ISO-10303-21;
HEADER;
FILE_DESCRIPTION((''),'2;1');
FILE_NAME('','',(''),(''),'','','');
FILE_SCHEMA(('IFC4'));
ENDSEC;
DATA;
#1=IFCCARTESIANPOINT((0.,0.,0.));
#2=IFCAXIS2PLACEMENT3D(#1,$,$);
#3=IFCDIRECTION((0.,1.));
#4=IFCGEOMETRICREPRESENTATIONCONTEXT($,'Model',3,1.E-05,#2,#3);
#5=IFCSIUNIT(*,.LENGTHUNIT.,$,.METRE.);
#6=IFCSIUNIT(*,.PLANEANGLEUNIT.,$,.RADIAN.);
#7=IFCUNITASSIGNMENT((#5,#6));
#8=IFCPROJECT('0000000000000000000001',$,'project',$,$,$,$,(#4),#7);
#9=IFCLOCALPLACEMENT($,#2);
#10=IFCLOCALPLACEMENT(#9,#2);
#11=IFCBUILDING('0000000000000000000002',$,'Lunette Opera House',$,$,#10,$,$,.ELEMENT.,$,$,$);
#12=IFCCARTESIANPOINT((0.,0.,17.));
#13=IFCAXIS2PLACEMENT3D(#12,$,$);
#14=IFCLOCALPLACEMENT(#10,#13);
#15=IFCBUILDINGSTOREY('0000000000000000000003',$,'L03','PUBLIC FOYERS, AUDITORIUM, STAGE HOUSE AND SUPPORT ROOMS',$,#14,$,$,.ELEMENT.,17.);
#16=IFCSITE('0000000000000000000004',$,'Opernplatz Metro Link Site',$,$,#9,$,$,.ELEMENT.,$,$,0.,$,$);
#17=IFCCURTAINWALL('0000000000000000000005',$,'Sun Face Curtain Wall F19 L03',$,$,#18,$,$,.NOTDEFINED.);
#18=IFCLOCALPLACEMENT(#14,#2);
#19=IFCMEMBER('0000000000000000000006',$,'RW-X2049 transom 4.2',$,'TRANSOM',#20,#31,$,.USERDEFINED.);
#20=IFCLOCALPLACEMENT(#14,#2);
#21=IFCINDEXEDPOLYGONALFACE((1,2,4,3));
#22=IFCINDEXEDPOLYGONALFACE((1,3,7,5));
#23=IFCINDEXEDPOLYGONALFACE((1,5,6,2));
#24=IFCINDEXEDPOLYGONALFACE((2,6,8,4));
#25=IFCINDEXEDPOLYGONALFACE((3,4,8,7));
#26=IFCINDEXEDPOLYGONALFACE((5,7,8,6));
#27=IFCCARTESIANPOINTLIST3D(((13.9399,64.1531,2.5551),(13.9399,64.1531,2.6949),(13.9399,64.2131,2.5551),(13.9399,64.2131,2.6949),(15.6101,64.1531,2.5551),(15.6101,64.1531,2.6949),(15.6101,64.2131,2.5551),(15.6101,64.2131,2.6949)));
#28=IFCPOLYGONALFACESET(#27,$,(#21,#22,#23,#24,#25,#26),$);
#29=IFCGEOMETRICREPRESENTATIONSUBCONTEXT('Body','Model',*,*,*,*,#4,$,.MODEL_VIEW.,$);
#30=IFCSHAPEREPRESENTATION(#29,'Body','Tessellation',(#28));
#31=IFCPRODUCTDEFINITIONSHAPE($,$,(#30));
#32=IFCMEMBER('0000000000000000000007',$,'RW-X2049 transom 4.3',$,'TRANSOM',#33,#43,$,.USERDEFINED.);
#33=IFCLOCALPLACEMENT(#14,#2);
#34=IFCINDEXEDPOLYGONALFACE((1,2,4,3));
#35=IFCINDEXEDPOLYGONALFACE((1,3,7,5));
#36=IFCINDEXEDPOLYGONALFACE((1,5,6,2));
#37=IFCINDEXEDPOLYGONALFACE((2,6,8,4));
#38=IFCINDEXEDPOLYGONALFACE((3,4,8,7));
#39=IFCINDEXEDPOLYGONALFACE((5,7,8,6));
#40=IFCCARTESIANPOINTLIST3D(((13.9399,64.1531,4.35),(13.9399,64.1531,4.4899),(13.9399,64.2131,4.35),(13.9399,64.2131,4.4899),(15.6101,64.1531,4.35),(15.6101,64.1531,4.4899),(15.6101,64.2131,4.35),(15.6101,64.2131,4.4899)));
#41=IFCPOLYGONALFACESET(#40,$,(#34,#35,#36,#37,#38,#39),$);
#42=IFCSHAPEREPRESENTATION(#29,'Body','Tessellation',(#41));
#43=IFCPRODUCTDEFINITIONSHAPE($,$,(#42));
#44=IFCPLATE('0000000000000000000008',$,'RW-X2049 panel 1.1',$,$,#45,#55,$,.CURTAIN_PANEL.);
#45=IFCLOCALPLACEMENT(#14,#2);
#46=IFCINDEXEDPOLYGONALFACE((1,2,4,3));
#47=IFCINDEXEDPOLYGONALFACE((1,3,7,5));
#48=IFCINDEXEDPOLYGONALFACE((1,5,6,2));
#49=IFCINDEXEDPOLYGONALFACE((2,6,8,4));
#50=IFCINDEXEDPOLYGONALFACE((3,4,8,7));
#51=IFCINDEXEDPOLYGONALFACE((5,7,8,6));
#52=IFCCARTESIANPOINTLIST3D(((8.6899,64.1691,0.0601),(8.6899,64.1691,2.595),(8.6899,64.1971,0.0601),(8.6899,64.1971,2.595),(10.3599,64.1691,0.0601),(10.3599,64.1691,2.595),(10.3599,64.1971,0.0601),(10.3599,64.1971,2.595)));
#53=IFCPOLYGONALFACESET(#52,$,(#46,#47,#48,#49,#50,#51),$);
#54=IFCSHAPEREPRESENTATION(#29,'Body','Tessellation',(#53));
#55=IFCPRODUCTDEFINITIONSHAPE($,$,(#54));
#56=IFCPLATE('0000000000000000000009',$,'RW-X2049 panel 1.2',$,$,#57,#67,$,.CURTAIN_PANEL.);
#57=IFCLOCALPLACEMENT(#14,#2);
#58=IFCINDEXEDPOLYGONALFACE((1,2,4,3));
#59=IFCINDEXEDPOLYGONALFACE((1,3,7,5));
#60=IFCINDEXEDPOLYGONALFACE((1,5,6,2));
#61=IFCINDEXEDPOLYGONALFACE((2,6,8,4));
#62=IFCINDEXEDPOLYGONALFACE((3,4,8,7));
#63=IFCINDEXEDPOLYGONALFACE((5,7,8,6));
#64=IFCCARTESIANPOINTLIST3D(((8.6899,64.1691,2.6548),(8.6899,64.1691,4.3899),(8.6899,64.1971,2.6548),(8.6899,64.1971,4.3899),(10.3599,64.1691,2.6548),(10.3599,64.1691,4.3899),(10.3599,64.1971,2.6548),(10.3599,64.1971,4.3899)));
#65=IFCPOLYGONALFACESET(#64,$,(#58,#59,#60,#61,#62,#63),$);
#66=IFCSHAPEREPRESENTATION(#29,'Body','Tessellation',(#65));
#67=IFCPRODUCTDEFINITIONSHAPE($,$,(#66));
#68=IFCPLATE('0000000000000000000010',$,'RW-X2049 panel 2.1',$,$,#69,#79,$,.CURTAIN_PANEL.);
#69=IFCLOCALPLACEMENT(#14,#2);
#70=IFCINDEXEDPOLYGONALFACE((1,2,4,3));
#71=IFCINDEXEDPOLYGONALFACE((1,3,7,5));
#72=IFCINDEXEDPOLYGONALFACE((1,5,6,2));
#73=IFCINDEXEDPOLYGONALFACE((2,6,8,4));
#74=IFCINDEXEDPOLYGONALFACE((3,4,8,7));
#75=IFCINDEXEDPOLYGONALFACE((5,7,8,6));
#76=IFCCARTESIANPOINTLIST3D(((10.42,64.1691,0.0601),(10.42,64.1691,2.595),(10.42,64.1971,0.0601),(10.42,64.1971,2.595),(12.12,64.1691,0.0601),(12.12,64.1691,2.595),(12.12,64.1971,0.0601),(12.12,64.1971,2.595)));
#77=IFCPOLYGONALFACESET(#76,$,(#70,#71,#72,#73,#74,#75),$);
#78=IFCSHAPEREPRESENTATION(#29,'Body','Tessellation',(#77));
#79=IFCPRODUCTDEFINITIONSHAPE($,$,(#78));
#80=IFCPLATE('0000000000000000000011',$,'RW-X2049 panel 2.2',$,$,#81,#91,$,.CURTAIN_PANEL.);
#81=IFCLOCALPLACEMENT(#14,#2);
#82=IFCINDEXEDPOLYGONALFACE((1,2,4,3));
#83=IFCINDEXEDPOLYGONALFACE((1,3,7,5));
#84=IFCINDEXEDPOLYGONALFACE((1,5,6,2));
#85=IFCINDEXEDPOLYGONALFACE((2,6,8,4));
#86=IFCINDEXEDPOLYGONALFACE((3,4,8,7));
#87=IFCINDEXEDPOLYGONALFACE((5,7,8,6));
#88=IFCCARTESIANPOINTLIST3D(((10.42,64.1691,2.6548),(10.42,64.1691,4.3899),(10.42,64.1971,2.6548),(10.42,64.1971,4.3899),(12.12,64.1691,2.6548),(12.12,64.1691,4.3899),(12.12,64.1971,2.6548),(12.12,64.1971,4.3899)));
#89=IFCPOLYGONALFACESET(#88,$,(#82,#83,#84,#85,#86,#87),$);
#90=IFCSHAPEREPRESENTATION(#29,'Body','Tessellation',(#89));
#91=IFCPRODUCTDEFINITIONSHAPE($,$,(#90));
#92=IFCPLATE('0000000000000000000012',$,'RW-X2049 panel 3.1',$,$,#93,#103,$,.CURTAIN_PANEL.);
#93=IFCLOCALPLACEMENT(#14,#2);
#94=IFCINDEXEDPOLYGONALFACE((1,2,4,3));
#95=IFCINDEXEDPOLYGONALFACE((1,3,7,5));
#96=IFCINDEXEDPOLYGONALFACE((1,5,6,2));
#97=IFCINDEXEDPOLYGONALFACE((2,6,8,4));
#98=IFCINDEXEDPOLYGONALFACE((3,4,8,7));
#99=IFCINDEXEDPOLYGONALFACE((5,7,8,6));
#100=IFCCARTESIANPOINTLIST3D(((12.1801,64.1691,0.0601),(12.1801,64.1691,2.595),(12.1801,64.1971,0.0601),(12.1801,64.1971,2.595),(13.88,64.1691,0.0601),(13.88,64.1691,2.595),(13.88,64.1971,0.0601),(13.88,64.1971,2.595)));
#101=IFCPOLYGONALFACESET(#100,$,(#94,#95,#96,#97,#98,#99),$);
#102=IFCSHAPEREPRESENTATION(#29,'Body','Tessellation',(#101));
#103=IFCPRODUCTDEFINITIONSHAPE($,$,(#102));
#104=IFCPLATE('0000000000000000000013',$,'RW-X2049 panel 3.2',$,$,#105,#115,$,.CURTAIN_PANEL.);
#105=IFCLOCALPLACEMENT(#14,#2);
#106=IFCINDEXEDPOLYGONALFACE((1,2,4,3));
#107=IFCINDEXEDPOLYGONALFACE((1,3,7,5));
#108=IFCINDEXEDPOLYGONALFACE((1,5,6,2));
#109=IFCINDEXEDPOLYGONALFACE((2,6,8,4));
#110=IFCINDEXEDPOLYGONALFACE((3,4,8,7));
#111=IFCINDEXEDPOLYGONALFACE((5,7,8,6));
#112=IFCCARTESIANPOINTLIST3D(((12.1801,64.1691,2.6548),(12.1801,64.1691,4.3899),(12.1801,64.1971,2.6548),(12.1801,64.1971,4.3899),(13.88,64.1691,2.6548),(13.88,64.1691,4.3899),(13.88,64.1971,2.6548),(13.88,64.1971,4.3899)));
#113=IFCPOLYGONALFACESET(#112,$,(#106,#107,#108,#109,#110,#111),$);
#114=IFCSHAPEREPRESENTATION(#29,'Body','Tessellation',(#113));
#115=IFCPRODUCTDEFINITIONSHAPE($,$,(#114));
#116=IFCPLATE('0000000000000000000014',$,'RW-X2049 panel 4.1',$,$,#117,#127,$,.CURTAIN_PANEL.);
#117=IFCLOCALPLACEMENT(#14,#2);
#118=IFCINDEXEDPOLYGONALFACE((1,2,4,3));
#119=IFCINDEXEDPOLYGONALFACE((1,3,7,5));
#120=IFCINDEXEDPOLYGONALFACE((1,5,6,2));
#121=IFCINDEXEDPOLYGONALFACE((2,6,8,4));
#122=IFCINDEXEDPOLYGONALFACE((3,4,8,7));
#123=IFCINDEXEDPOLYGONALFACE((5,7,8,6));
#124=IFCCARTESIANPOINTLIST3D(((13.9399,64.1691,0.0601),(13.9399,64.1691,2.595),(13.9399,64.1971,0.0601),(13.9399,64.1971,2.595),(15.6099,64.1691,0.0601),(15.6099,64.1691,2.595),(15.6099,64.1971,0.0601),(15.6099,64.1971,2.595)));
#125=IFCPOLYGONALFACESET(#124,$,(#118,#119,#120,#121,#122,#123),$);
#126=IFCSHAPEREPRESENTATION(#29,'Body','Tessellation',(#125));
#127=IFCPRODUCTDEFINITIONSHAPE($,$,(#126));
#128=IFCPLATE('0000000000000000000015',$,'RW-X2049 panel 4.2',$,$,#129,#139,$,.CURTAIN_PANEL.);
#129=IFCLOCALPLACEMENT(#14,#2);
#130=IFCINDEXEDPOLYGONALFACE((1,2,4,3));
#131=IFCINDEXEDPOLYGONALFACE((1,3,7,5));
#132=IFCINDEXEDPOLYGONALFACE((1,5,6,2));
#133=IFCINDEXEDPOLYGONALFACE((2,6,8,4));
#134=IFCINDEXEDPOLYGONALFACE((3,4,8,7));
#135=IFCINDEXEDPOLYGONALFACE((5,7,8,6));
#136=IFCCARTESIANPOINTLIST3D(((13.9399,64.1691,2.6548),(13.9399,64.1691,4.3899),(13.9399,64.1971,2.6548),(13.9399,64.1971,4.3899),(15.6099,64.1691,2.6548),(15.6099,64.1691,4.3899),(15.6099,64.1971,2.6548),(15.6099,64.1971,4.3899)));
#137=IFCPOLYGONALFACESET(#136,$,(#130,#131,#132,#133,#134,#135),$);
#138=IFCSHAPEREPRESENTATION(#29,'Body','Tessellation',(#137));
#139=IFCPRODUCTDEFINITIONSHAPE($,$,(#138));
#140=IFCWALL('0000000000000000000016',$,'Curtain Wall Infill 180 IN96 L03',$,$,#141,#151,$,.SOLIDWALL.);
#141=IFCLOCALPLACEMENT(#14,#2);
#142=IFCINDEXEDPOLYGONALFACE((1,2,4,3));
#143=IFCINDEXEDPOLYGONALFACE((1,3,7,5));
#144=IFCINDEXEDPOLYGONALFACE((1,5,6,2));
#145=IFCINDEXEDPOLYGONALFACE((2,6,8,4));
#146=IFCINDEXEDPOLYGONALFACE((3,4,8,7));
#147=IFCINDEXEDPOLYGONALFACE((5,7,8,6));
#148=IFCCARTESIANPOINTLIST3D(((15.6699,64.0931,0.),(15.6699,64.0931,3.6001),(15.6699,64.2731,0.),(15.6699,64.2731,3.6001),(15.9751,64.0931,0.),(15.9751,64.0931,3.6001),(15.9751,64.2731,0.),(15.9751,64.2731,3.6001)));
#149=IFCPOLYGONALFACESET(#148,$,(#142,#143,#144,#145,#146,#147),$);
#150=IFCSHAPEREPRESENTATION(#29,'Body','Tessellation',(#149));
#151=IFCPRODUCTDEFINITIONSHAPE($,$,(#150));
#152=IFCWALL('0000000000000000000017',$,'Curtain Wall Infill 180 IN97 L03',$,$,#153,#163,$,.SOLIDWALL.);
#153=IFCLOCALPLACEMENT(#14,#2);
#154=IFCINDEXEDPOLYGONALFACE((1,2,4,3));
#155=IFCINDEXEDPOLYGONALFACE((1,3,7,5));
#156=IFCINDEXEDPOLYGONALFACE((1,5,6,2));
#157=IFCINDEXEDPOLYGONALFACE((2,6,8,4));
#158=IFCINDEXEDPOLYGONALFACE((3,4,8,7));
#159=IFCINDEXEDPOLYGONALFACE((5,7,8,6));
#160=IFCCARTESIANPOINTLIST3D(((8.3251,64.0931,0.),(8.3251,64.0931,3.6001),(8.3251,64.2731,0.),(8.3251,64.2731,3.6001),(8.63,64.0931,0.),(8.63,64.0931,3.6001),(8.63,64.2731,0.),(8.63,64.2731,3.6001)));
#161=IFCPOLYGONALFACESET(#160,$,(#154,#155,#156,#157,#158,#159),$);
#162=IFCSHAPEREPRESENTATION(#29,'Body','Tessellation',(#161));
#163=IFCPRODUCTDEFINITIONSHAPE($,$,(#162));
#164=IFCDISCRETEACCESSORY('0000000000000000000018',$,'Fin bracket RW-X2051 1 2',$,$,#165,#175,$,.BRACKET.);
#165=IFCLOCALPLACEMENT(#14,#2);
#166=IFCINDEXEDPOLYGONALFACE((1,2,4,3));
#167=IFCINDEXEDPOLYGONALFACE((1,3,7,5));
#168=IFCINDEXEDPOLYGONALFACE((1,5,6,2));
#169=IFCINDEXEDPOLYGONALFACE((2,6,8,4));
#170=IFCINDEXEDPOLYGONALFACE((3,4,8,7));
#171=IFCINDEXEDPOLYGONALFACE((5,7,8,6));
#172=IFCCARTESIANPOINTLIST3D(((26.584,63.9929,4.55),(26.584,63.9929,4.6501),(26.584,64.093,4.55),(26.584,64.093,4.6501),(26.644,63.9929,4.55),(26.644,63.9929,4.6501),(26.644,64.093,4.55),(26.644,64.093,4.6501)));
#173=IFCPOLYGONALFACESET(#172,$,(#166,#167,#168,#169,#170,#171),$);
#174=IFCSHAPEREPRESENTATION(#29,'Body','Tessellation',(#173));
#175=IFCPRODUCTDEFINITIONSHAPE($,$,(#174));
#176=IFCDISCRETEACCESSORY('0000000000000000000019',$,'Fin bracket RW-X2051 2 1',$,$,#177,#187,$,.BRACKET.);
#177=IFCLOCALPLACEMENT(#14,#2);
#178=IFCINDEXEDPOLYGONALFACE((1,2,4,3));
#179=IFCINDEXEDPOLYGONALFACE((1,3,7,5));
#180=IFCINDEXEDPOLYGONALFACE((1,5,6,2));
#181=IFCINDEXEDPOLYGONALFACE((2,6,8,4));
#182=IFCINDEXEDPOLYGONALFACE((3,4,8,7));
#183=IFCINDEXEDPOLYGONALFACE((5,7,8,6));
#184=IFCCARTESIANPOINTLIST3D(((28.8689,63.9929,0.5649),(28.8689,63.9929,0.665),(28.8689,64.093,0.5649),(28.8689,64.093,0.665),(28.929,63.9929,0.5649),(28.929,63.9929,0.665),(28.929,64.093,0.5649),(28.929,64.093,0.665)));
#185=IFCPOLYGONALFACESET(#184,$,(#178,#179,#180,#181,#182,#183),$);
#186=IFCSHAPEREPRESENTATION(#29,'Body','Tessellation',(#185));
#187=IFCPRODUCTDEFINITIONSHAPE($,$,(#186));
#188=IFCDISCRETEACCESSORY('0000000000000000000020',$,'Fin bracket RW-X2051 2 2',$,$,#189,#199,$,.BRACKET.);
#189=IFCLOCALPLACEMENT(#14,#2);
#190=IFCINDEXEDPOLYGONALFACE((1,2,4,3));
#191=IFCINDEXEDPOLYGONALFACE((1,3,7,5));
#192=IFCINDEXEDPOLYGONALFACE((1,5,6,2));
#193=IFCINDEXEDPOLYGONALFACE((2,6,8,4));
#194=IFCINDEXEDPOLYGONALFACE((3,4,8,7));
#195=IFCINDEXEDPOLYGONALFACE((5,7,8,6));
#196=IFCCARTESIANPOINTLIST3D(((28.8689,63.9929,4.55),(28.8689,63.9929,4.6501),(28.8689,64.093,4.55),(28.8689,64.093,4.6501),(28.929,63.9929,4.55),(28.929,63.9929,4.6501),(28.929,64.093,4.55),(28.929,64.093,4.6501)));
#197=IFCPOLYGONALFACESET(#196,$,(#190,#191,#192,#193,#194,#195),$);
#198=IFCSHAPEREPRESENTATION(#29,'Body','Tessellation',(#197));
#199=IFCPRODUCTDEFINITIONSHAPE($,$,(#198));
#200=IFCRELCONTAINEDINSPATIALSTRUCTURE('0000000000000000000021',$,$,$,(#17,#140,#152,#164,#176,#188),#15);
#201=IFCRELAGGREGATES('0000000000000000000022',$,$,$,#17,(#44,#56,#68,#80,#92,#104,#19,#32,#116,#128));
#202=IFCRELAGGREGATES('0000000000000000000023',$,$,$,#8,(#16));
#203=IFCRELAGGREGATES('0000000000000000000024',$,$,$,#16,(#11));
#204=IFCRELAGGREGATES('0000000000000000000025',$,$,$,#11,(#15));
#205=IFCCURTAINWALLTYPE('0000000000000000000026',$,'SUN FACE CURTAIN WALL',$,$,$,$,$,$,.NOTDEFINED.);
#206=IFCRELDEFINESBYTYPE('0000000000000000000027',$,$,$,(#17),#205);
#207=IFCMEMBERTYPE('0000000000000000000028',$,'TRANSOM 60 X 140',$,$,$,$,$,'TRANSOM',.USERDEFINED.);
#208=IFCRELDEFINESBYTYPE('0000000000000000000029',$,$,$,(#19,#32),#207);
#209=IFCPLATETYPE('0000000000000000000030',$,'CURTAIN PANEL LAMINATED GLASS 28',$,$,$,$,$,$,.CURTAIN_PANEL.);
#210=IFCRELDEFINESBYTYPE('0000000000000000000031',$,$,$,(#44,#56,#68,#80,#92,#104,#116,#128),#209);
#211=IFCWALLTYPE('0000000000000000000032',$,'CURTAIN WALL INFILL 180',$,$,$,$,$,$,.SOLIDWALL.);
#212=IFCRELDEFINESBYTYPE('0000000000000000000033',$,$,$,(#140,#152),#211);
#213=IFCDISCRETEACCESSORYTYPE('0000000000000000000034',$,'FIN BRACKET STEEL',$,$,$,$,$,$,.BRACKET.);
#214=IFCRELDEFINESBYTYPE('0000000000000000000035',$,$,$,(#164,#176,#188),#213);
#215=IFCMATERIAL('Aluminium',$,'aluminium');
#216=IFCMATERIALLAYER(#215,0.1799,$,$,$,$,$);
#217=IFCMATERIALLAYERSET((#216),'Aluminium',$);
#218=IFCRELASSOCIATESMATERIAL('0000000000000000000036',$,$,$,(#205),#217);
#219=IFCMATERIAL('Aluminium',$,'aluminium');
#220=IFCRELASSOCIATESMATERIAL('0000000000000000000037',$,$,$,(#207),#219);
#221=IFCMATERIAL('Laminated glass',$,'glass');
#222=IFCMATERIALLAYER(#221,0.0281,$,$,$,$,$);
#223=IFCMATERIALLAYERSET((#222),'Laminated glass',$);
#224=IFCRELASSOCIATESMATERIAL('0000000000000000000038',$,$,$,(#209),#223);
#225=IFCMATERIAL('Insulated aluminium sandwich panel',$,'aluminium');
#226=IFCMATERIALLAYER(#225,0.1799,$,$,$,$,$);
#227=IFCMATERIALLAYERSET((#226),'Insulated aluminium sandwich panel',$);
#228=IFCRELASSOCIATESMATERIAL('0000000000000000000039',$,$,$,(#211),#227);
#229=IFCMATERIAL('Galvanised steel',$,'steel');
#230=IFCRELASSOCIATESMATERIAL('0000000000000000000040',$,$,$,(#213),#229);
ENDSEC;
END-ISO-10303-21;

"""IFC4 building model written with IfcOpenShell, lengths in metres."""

from ifc_helpers import new_model, si_unit, direction, frame, frame_2d, origin, origin_2d, place, context, subcontext, project, spatial, rectangle, extrude, material, layer, layer_set, material_profile, profile_set, type_object, element, aggregate, save


model = new_model("IFC4")

# Units and contexts
model_context = context("Model", 3, precision=1e-05, world=origin(), true_north=direction((0.0, 1.0)))
body_context = subcontext(model_context, "Body", "Model", "MODEL_VIEW")
ifc_project = project(units=[si_unit("LENGTHUNIT", "METRE"), si_unit("PLANEANGLEUNIT", "RADIAN")], contexts=[model_context])

# Site, building, storey
site_placement = place(None, origin())
site = spatial("IfcSite", under=ifc_project, at=site_placement, Name="Opernplatz Metro Link Site", CompositionType="ELEMENT", RefElevation=0.0)
building_placement = place(site_placement, origin())
building = spatial("IfcBuilding", under=site, at=building_placement, Name="Lunette Opera House", CompositionType="ELEMENT")
storey_placement = place(building_placement, frame((0.0, 0.0, 17.0)))
storey = spatial("IfcBuildingStorey", under=building, at=storey_placement, Name="L03", Description="PUBLIC FOYERS, AUDITORIUM, STAGE HOUSE AND SUPPORT ROOMS", CompositionType="ELEMENT", Elevation=17.0)

# Curtain wall, members, plates
ifc_material_1 = material(Name="Aluminium", Category="aluminium")
ifc_layer_1 = layer(ifc_material_1, 0.1799)
ifc_layer_set_1 = layer_set([ifc_layer_1], Name="Aluminium")
curtain_wall_type = type_object("IfcCurtainWallType", Name="SUN FACE CURTAIN WALL", PredefinedType="NOTDEFINED", material=ifc_layer_set_1)
curtain_wall_placement = place(storey_placement, origin())
curtain_wall = element("IfcCurtainWall", 1, at=curtain_wall_placement, inside=storey, type_object=curtain_wall_type, Name="Sun Face Curtain Wall F19 L03", PredefinedType="NOTDEFINED")
ifc_material_2 = material(Name="Aluminium", Category="aluminium")
ifc_material_profile_1 = material_profile(ifc_material_2, rectangle(XDim=0.0601, YDim=0.1399, at=origin_2d()), Name="TRANSOM 60 X 140")
ifc_profile_set_1 = profile_set([ifc_material_profile_1], Name="Aluminium")
member_type_1 = type_object("IfcMemberType", Name="TRANSOM 60 X 140", ElementType="TRANSOM", PredefinedType="USERDEFINED", material=ifc_profile_set_1)
member_1_placement = place(storey_placement, frame((13.9399, 64.1831, 2.625), z_axis=(1.0, 0.0, 0.0), x_axis=(0.0, 1.0, 0.0)))
member_1 = element("IfcMember", 2, at=member_1_placement, type_object=member_type_1, Name="RW-X2049 transom 4.2", ObjectType="TRANSOM", PredefinedType="USERDEFINED", context=body_context, shape_type="SweptSolid", body=[
    extrude(rectangle(XDim=0.0601, YDim=0.1399, at=origin_2d()), origin(), (0.0, 0.0, 1.0), 1.6702),
])
member_2_placement = place(storey_placement, frame((13.9399, 64.1831, 4.4199), z_axis=(1.0, 0.0, 0.0), x_axis=(0.0, 1.0, 0.0)))
member_2 = element("IfcMember", 3, at=member_2_placement, type_object=member_type_1, Name="RW-X2049 transom 4.3", ObjectType="TRANSOM", PredefinedType="USERDEFINED", context=body_context, shape_type="SweptSolid", body=[
    extrude(rectangle(XDim=0.0601, YDim=0.1399, at=origin_2d()), origin(), (0.0, 0.0, 1.0), 1.6702),
])
ifc_material_3 = material(Name="Laminated glass", Category="glass")
ifc_layer_2 = layer(ifc_material_3, 0.0281)
ifc_layer_set_2 = layer_set([ifc_layer_2], Name="Laminated glass")
plate_type = type_object("IfcPlateType", Name="CURTAIN PANEL LAMINATED GLASS 28", PredefinedType="CURTAIN_PANEL", material=ifc_layer_set_2)
plate_1_placement = place(storey_placement, frame((9.5249, 64.1831, 0.0601), z_axis=(0.0, 0.0, 1.0), x_axis=(1.0, 0.0, 0.0)))
plate_1 = element("IfcPlate", 4, at=plate_1_placement, type_object=plate_type, Name="RW-X2049 panel 1.1", PredefinedType="CURTAIN_PANEL", context=body_context, shape_type="SweptSolid", body=[
    extrude(rectangle(XDim=1.6699, YDim=0.0281, at=origin_2d()), origin(), (0.0, 0.0, 1.0), 2.5349),
])
plate_2_placement = place(storey_placement, frame((9.5249, 64.1831, 2.6548), z_axis=(0.0, 0.0, 1.0), x_axis=(1.0, 0.0, 0.0)))
plate_2 = element("IfcPlate", 5, at=plate_2_placement, type_object=plate_type, Name="RW-X2049 panel 1.2", PredefinedType="CURTAIN_PANEL", context=body_context, shape_type="SweptSolid", body=[
    extrude(rectangle(XDim=1.6699, YDim=0.0281, at=origin_2d()), origin(), (0.0, 0.0, 1.0), 1.7351),
])
plate_3_placement = place(storey_placement, frame((11.27, 64.1831, 0.0601), z_axis=(0.0, 0.0, 1.0), x_axis=(1.0, 0.0, 0.0)))
plate_3 = element("IfcPlate", 6, at=plate_3_placement, type_object=plate_type, Name="RW-X2049 panel 2.1", PredefinedType="CURTAIN_PANEL", context=body_context, shape_type="SweptSolid", body=[
    extrude(rectangle(XDim=1.7, YDim=0.0281, at=origin_2d()), origin(), (0.0, 0.0, 1.0), 2.5349),
])
plate_4_placement = place(storey_placement, frame((11.27, 64.1831, 2.6548), z_axis=(0.0, 0.0, 1.0), x_axis=(1.0, 0.0, 0.0)))
plate_4 = element("IfcPlate", 7, at=plate_4_placement, type_object=plate_type, Name="RW-X2049 panel 2.2", PredefinedType="CURTAIN_PANEL", context=body_context, shape_type="SweptSolid", body=[
    extrude(rectangle(XDim=1.7, YDim=0.0281, at=origin_2d()), origin(), (0.0, 0.0, 1.0), 1.7351),
])
plate_5_placement = place(storey_placement, frame((13.03, 64.1831, 0.0601), z_axis=(0.0, 0.0, 1.0), x_axis=(1.0, 0.0, 0.0)))
plate_5 = element("IfcPlate", 8, at=plate_5_placement, type_object=plate_type, Name="RW-X2049 panel 3.1", PredefinedType="CURTAIN_PANEL", context=body_context, shape_type="SweptSolid", body=[
    extrude(rectangle(XDim=1.7, YDim=0.0281, at=origin_2d()), origin(), (0.0, 0.0, 1.0), 2.5349),
])
plate_6_placement = place(storey_placement, frame((13.03, 64.1831, 2.6548), z_axis=(0.0, 0.0, 1.0), x_axis=(1.0, 0.0, 0.0)))
plate_6 = element("IfcPlate", 9, at=plate_6_placement, type_object=plate_type, Name="RW-X2049 panel 3.2", PredefinedType="CURTAIN_PANEL", context=body_context, shape_type="SweptSolid", body=[
    extrude(rectangle(XDim=1.7, YDim=0.0281, at=origin_2d()), origin(), (0.0, 0.0, 1.0), 1.7351),
])
plate_7_placement = place(storey_placement, frame((14.7749, 64.1831, 0.0601), z_axis=(0.0, 0.0, 1.0), x_axis=(1.0, 0.0, 0.0)))
plate_7 = element("IfcPlate", 10, at=plate_7_placement, type_object=plate_type, Name="RW-X2049 panel 4.1", PredefinedType="CURTAIN_PANEL", context=body_context, shape_type="SweptSolid", body=[
    extrude(rectangle(XDim=1.6699, YDim=0.0281, at=origin_2d()), origin(), (0.0, 0.0, 1.0), 2.5349),
])
plate_8_placement = place(storey_placement, frame((14.7749, 64.1831, 2.6548), z_axis=(0.0, 0.0, 1.0), x_axis=(1.0, 0.0, 0.0)))
plate_8 = element("IfcPlate", 11, at=plate_8_placement, type_object=plate_type, Name="RW-X2049 panel 4.2", PredefinedType="CURTAIN_PANEL", context=body_context, shape_type="SweptSolid", body=[
    extrude(rectangle(XDim=1.6699, YDim=0.0281, at=origin_2d()), origin(), (0.0, 0.0, 1.0), 1.7351),
])
aggregate(curtain_wall, [plate_1, plate_2, plate_3, plate_4, plate_5, plate_6, member_1, member_2, plate_7, plate_8])

# Walls
ifc_material_4 = material(Name="Insulated aluminium sandwich panel", Category="aluminium")
ifc_layer_3 = layer(ifc_material_4, 0.1799)
ifc_layer_set_3 = layer_set([ifc_layer_3], Name="Insulated aluminium sandwich panel")
wall_type = type_object("IfcWallType", Name="CURTAIN WALL INFILL 180", PredefinedType="SOLIDWALL", material=ifc_layer_set_3)
wall_1_placement = place(storey_placement, frame((15.6699, 64.1831, 0.0), z_axis=(0.0, 0.0, 1.0), x_axis=(1.0, 0.0, 0.0)))
element("IfcWall", 12, at=wall_1_placement, inside=storey, type_object=wall_type, Name="Curtain Wall Infill 180 IN96 L03", PredefinedType="SOLIDWALL", context=body_context, shape_type="SweptSolid", body=[
    extrude(rectangle(XDim=0.3052, YDim=0.1799, at=frame_2d((0.1526, 0.0))), origin(), (0.0, 0.0, 1.0), 3.6001),
])
wall_2_placement = place(storey_placement, frame((8.6299, 64.1831, 0.0), z_axis=(0.0, 0.0, 1.0), x_axis=(-1.0, 0.0, 0.0)))
element("IfcWall", 13, at=wall_2_placement, inside=storey, type_object=wall_type, Name="Curtain Wall Infill 180 IN97 L03", PredefinedType="SOLIDWALL", context=body_context, shape_type="SweptSolid", body=[
    extrude(rectangle(XDim=0.3049, YDim=0.1799, at=frame_2d((0.1523, 0.0))), origin(), (0.0, 0.0, 1.0), 3.6001),
])

# Discrete accessories
ifc_material_5 = material(Name="Galvanised steel", Category="steel")
discrete_accessory_type = type_object("IfcDiscreteAccessoryType", Name="FIN BRACKET STEEL", PredefinedType="BRACKET", material=ifc_material_5)
for number, where, z_axis, x_axis, name in (
    (14, (26.614, 64.043, 4.55), (0.0, 0.0, 1.0), (0.0, -1.0, 0.0), "Fin bracket RW-X2051 1 2"),
    (15, (28.8989, 64.043, 0.5649), (0.0, 0.0, 1.0), (0.0, -1.0, 0.0), "Fin bracket RW-X2051 2 1"),
    (16, (28.8989, 64.043, 4.55), (0.0, 0.0, 1.0), (0.0, -1.0, 0.0), "Fin bracket RW-X2051 2 2"),
):
    element("IfcDiscreteAccessory", number, at=place(storey_placement, frame(where, z_axis=z_axis, x_axis=x_axis)), inside=storey, type_object=discrete_accessory_type, Name=name, PredefinedType="BRACKET", context=body_context, shape_type="SweptSolid", body=[
        extrude(rectangle(XDim=0.1001, YDim=0.0601, at=origin_2d()), origin(), (0.0, 0.0, 1.0), 0.1001),
    ])

save(model, "model.ifc")
